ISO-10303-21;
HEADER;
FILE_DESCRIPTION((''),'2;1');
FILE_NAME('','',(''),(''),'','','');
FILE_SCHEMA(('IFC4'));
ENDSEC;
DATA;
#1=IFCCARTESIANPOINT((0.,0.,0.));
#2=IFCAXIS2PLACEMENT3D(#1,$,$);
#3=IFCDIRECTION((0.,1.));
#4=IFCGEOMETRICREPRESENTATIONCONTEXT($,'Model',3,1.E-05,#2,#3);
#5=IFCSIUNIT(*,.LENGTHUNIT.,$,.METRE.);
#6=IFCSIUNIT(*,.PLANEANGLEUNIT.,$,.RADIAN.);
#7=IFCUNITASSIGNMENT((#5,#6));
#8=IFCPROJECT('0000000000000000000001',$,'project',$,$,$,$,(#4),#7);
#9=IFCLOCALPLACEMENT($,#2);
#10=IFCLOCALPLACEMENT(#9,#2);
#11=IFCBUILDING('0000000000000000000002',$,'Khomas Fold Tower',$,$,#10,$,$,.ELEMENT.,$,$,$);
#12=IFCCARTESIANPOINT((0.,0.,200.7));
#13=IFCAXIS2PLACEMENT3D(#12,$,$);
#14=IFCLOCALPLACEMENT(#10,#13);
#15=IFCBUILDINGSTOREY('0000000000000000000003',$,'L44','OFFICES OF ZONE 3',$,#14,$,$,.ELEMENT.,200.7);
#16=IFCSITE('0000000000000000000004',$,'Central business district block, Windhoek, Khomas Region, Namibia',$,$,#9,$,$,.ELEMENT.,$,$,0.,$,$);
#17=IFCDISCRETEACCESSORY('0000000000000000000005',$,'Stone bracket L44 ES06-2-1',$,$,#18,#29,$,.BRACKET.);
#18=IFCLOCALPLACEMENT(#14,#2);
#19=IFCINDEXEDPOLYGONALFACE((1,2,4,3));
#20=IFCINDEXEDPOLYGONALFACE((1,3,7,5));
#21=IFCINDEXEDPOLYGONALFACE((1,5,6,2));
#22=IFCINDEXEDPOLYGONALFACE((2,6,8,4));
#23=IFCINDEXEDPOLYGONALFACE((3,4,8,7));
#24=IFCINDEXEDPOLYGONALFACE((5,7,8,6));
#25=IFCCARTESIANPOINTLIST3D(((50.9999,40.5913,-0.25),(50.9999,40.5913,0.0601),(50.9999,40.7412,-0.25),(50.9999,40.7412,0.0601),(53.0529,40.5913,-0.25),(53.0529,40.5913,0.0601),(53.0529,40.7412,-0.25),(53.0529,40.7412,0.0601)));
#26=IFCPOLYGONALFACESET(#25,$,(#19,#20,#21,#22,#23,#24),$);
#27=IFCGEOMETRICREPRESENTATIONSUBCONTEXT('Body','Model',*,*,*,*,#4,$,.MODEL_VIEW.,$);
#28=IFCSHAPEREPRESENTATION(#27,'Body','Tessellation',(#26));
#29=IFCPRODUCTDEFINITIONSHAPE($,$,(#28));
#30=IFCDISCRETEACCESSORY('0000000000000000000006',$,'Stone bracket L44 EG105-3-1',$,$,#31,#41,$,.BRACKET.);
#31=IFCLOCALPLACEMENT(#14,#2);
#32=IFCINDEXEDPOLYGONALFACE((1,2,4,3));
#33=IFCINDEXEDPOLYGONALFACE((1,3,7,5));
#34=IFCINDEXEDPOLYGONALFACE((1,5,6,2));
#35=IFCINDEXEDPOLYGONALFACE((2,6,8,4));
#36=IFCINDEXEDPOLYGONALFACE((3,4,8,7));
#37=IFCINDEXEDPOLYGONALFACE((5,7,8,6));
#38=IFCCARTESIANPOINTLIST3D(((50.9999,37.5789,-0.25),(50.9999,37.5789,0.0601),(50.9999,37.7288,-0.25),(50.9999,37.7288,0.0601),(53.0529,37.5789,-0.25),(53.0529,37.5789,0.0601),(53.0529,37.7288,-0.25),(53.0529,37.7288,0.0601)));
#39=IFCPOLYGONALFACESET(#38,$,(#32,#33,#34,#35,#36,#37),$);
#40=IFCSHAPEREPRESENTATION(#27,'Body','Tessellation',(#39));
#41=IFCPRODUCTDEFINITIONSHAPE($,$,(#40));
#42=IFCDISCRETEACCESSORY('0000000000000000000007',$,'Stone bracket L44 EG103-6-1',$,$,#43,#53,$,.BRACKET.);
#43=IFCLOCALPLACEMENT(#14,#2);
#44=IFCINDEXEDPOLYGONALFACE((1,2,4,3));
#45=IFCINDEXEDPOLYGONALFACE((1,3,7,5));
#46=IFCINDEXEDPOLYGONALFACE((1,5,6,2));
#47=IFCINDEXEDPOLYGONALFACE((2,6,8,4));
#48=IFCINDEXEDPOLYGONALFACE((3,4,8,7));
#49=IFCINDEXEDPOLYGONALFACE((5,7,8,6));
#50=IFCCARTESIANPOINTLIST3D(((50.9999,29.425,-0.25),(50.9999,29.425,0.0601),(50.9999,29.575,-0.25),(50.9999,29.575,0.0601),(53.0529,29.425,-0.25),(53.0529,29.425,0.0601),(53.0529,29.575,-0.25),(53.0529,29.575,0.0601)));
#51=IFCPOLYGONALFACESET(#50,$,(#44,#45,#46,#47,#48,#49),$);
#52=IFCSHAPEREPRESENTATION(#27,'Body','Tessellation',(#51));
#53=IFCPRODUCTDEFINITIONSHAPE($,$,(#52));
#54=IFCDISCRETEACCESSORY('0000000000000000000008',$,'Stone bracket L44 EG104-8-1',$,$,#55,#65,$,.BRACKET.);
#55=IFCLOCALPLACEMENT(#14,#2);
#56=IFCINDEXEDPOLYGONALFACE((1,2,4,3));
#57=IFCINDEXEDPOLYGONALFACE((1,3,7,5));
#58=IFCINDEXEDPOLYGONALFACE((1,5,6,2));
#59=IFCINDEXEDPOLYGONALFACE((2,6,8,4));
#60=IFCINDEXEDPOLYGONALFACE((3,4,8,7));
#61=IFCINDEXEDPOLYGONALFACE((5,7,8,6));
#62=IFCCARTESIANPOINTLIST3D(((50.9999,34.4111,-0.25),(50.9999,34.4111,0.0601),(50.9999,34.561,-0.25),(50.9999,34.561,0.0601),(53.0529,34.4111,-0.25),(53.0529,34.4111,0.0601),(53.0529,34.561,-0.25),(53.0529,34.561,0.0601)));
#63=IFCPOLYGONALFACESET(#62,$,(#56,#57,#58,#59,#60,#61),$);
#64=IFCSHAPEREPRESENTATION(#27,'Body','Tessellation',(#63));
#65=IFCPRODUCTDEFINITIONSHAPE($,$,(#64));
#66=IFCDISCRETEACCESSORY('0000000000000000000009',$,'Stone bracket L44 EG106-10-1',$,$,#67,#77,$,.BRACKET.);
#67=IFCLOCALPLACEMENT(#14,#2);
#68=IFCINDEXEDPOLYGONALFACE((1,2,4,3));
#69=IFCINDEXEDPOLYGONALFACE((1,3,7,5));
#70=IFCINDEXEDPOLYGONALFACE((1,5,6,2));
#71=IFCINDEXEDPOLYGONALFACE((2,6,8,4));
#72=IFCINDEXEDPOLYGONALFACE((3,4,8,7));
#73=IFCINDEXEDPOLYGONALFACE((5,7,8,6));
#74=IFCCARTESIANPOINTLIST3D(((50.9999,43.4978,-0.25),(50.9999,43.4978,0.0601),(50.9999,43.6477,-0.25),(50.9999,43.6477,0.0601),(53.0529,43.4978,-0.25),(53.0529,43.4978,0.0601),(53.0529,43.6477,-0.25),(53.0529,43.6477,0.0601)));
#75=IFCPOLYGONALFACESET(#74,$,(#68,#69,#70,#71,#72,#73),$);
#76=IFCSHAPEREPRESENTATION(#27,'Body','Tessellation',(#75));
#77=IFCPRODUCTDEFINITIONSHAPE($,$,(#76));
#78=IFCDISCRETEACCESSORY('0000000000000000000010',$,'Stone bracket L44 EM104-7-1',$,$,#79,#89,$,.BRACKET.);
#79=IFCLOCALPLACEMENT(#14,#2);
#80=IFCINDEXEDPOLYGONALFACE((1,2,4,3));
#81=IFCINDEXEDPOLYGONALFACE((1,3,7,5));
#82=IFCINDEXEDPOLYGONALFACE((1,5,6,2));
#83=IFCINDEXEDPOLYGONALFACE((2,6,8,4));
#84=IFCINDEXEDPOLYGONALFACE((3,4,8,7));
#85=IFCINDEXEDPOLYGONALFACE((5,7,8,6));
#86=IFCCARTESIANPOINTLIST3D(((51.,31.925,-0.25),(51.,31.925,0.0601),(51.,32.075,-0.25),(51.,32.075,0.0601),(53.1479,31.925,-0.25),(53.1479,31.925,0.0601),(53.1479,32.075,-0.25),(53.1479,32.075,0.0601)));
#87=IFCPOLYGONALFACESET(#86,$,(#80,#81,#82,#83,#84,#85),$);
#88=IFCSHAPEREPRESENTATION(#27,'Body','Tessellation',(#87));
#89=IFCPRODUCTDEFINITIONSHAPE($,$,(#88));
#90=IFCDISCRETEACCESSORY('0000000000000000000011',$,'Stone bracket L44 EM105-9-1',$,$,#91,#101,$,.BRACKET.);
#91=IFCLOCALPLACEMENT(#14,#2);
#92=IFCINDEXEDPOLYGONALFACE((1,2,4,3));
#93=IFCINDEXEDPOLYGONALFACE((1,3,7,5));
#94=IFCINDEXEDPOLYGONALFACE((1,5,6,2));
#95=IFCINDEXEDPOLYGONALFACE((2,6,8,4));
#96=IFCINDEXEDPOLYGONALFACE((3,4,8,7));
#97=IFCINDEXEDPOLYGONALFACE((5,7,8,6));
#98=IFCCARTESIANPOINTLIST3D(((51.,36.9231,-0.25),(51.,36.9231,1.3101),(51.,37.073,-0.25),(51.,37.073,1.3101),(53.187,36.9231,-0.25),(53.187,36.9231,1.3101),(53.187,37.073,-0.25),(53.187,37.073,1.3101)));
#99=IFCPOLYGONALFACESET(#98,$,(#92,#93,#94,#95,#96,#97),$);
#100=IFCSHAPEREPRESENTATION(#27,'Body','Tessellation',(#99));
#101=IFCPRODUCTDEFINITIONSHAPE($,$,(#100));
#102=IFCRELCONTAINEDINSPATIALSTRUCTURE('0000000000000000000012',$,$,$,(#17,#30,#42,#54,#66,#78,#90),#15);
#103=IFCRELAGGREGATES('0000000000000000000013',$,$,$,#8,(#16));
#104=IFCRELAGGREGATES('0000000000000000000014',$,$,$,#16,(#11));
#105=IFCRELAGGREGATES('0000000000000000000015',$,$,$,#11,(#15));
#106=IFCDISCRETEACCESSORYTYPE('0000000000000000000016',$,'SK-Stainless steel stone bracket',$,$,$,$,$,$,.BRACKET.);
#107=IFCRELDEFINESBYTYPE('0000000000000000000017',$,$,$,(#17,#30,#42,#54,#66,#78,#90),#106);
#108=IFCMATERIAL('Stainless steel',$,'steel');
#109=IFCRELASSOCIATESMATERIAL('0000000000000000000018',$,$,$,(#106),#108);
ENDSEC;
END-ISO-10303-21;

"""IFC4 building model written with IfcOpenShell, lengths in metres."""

from ifc_helpers import new_model, si_unit, direction, frame, origin, origin_2d, place, context, subcontext, project, spatial, rectangle, extrude, source, transform, mapped, material, type_object, element, save


model = new_model("IFC4")

# Units and contexts
model_context = context("Model", 3, precision=1e-05, world=origin(), true_north=direction((0.0, 1.0)))
body_context = subcontext(model_context, "Body", "Model", "MODEL_VIEW")
ifc_project = project(units=[si_unit("LENGTHUNIT", "METRE"), si_unit("PLANEANGLEUNIT", "RADIAN")], contexts=[model_context])

# Site, building, storey
site_placement = place(None, origin())
site = spatial("IfcSite", under=ifc_project, at=site_placement, Name="Central business district block, Windhoek, Khomas Region, Namibia", CompositionType="ELEMENT", RefElevation=0.0)
building_placement = place(site_placement, origin())
building = spatial("IfcBuilding", under=site, at=building_placement, Name="Khomas Fold Tower", CompositionType="ELEMENT")
storey_placement = place(building_placement, frame((0.0, 0.0, 200.7)))
storey = spatial("IfcBuildingStorey", under=building, at=storey_placement, Name="L44", Description="OFFICES OF ZONE 3", CompositionType="ELEMENT", Elevation=200.7)

# Discrete accessories
ifc_material_1 = material(Name="Stainless steel", Category="steel")
discrete_accessory_type = type_object("IfcDiscreteAccessoryType", Name="SK-Stainless steel stone bracket", PredefinedType="BRACKET", material=ifc_material_1)
shared_shape_1 = source(origin(), body_context, "Body", "SweptSolid", [
    extrude(rectangle(XDim=2.053, YDim=0.1499, at=origin_2d()), origin(), (0.0, 0.0, 1.0), 0.3101),
])
for number, where, z_axis, x_axis, name in (
    (1, (52.0264, 40.6663, -0.25), (0.0, 0.0, 1.0), (1.0, 0.0, 0.0), "Stone bracket L44 ES06-2-1"),
    (2, (52.0264, 37.6538, -0.25), (0.0, 0.0, 1.0), (1.0, 0.0, 0.0), "Stone bracket L44 EG105-3-1"),
    (3, (52.0264, 29.5, -0.25), (0.0, 0.0, 1.0), (1.0, 0.0, 0.0), "Stone bracket L44 EG103-6-1"),
    (4, (52.0264, 34.4861, -0.25), (0.0, 0.0, 1.0), (1.0, 0.0, 0.0), "Stone bracket L44 EG104-8-1"),
    (5, (52.0264, 43.5728, -0.25), (0.0, 0.0, 1.0), (1.0, 0.0, 0.0), "Stone bracket L44 EG106-10-1"),
):
    element("IfcDiscreteAccessory", number, at=place(storey_placement, frame(where, z_axis=z_axis, x_axis=x_axis)), inside=storey, type_object=discrete_accessory_type, Name=name, PredefinedType="BRACKET", context=body_context, shape_type="MappedRepresentation", body=[
        mapped(shared_shape_1, transform((0.0, 0.0, 0.0))),
    ])
shared_shape_2 = source(origin(), body_context, "Body", "SweptSolid", [
    extrude(rectangle(XDim=2.1479, YDim=0.1499, at=origin_2d()), origin(), (0.0, 0.0, 1.0), 0.3101),
])
discrete_accessory_1_placement = place(storey_placement, frame((52.074, 32.0, -0.25), z_axis=(0.0, 0.0, 1.0), x_axis=(1.0, 0.0, 0.0)))
element("IfcDiscreteAccessory", 6, at=discrete_accessory_1_placement, inside=storey, type_object=discrete_accessory_type, Name="Stone bracket L44 EM104-7-1", PredefinedType="BRACKET", context=body_context, shape_type="MappedRepresentation", body=[
    mapped(shared_shape_2, transform((0.0, 0.0, 0.0))),
])
shared_shape_3 = source(origin(), body_context, "Body", "SweptSolid", [
    extrude(rectangle(XDim=2.187, YDim=0.1499, at=origin_2d()), origin(), (0.0, 0.0, 1.0), 1.5601),
])
discrete_accessory_2_placement = place(storey_placement, frame((52.0935, 36.998, -0.25), z_axis=(0.0, 0.0, 1.0), x_axis=(1.0, 0.0, 0.0)))
element("IfcDiscreteAccessory", 7, at=discrete_accessory_2_placement, inside=storey, type_object=discrete_accessory_type, Name="Stone bracket L44 EM105-9-1", PredefinedType="BRACKET", context=body_context, shape_type="MappedRepresentation", body=[
    mapped(shared_shape_3, transform((0.0, 0.0, 0.0))),
])

save(model, "model.ifc")
